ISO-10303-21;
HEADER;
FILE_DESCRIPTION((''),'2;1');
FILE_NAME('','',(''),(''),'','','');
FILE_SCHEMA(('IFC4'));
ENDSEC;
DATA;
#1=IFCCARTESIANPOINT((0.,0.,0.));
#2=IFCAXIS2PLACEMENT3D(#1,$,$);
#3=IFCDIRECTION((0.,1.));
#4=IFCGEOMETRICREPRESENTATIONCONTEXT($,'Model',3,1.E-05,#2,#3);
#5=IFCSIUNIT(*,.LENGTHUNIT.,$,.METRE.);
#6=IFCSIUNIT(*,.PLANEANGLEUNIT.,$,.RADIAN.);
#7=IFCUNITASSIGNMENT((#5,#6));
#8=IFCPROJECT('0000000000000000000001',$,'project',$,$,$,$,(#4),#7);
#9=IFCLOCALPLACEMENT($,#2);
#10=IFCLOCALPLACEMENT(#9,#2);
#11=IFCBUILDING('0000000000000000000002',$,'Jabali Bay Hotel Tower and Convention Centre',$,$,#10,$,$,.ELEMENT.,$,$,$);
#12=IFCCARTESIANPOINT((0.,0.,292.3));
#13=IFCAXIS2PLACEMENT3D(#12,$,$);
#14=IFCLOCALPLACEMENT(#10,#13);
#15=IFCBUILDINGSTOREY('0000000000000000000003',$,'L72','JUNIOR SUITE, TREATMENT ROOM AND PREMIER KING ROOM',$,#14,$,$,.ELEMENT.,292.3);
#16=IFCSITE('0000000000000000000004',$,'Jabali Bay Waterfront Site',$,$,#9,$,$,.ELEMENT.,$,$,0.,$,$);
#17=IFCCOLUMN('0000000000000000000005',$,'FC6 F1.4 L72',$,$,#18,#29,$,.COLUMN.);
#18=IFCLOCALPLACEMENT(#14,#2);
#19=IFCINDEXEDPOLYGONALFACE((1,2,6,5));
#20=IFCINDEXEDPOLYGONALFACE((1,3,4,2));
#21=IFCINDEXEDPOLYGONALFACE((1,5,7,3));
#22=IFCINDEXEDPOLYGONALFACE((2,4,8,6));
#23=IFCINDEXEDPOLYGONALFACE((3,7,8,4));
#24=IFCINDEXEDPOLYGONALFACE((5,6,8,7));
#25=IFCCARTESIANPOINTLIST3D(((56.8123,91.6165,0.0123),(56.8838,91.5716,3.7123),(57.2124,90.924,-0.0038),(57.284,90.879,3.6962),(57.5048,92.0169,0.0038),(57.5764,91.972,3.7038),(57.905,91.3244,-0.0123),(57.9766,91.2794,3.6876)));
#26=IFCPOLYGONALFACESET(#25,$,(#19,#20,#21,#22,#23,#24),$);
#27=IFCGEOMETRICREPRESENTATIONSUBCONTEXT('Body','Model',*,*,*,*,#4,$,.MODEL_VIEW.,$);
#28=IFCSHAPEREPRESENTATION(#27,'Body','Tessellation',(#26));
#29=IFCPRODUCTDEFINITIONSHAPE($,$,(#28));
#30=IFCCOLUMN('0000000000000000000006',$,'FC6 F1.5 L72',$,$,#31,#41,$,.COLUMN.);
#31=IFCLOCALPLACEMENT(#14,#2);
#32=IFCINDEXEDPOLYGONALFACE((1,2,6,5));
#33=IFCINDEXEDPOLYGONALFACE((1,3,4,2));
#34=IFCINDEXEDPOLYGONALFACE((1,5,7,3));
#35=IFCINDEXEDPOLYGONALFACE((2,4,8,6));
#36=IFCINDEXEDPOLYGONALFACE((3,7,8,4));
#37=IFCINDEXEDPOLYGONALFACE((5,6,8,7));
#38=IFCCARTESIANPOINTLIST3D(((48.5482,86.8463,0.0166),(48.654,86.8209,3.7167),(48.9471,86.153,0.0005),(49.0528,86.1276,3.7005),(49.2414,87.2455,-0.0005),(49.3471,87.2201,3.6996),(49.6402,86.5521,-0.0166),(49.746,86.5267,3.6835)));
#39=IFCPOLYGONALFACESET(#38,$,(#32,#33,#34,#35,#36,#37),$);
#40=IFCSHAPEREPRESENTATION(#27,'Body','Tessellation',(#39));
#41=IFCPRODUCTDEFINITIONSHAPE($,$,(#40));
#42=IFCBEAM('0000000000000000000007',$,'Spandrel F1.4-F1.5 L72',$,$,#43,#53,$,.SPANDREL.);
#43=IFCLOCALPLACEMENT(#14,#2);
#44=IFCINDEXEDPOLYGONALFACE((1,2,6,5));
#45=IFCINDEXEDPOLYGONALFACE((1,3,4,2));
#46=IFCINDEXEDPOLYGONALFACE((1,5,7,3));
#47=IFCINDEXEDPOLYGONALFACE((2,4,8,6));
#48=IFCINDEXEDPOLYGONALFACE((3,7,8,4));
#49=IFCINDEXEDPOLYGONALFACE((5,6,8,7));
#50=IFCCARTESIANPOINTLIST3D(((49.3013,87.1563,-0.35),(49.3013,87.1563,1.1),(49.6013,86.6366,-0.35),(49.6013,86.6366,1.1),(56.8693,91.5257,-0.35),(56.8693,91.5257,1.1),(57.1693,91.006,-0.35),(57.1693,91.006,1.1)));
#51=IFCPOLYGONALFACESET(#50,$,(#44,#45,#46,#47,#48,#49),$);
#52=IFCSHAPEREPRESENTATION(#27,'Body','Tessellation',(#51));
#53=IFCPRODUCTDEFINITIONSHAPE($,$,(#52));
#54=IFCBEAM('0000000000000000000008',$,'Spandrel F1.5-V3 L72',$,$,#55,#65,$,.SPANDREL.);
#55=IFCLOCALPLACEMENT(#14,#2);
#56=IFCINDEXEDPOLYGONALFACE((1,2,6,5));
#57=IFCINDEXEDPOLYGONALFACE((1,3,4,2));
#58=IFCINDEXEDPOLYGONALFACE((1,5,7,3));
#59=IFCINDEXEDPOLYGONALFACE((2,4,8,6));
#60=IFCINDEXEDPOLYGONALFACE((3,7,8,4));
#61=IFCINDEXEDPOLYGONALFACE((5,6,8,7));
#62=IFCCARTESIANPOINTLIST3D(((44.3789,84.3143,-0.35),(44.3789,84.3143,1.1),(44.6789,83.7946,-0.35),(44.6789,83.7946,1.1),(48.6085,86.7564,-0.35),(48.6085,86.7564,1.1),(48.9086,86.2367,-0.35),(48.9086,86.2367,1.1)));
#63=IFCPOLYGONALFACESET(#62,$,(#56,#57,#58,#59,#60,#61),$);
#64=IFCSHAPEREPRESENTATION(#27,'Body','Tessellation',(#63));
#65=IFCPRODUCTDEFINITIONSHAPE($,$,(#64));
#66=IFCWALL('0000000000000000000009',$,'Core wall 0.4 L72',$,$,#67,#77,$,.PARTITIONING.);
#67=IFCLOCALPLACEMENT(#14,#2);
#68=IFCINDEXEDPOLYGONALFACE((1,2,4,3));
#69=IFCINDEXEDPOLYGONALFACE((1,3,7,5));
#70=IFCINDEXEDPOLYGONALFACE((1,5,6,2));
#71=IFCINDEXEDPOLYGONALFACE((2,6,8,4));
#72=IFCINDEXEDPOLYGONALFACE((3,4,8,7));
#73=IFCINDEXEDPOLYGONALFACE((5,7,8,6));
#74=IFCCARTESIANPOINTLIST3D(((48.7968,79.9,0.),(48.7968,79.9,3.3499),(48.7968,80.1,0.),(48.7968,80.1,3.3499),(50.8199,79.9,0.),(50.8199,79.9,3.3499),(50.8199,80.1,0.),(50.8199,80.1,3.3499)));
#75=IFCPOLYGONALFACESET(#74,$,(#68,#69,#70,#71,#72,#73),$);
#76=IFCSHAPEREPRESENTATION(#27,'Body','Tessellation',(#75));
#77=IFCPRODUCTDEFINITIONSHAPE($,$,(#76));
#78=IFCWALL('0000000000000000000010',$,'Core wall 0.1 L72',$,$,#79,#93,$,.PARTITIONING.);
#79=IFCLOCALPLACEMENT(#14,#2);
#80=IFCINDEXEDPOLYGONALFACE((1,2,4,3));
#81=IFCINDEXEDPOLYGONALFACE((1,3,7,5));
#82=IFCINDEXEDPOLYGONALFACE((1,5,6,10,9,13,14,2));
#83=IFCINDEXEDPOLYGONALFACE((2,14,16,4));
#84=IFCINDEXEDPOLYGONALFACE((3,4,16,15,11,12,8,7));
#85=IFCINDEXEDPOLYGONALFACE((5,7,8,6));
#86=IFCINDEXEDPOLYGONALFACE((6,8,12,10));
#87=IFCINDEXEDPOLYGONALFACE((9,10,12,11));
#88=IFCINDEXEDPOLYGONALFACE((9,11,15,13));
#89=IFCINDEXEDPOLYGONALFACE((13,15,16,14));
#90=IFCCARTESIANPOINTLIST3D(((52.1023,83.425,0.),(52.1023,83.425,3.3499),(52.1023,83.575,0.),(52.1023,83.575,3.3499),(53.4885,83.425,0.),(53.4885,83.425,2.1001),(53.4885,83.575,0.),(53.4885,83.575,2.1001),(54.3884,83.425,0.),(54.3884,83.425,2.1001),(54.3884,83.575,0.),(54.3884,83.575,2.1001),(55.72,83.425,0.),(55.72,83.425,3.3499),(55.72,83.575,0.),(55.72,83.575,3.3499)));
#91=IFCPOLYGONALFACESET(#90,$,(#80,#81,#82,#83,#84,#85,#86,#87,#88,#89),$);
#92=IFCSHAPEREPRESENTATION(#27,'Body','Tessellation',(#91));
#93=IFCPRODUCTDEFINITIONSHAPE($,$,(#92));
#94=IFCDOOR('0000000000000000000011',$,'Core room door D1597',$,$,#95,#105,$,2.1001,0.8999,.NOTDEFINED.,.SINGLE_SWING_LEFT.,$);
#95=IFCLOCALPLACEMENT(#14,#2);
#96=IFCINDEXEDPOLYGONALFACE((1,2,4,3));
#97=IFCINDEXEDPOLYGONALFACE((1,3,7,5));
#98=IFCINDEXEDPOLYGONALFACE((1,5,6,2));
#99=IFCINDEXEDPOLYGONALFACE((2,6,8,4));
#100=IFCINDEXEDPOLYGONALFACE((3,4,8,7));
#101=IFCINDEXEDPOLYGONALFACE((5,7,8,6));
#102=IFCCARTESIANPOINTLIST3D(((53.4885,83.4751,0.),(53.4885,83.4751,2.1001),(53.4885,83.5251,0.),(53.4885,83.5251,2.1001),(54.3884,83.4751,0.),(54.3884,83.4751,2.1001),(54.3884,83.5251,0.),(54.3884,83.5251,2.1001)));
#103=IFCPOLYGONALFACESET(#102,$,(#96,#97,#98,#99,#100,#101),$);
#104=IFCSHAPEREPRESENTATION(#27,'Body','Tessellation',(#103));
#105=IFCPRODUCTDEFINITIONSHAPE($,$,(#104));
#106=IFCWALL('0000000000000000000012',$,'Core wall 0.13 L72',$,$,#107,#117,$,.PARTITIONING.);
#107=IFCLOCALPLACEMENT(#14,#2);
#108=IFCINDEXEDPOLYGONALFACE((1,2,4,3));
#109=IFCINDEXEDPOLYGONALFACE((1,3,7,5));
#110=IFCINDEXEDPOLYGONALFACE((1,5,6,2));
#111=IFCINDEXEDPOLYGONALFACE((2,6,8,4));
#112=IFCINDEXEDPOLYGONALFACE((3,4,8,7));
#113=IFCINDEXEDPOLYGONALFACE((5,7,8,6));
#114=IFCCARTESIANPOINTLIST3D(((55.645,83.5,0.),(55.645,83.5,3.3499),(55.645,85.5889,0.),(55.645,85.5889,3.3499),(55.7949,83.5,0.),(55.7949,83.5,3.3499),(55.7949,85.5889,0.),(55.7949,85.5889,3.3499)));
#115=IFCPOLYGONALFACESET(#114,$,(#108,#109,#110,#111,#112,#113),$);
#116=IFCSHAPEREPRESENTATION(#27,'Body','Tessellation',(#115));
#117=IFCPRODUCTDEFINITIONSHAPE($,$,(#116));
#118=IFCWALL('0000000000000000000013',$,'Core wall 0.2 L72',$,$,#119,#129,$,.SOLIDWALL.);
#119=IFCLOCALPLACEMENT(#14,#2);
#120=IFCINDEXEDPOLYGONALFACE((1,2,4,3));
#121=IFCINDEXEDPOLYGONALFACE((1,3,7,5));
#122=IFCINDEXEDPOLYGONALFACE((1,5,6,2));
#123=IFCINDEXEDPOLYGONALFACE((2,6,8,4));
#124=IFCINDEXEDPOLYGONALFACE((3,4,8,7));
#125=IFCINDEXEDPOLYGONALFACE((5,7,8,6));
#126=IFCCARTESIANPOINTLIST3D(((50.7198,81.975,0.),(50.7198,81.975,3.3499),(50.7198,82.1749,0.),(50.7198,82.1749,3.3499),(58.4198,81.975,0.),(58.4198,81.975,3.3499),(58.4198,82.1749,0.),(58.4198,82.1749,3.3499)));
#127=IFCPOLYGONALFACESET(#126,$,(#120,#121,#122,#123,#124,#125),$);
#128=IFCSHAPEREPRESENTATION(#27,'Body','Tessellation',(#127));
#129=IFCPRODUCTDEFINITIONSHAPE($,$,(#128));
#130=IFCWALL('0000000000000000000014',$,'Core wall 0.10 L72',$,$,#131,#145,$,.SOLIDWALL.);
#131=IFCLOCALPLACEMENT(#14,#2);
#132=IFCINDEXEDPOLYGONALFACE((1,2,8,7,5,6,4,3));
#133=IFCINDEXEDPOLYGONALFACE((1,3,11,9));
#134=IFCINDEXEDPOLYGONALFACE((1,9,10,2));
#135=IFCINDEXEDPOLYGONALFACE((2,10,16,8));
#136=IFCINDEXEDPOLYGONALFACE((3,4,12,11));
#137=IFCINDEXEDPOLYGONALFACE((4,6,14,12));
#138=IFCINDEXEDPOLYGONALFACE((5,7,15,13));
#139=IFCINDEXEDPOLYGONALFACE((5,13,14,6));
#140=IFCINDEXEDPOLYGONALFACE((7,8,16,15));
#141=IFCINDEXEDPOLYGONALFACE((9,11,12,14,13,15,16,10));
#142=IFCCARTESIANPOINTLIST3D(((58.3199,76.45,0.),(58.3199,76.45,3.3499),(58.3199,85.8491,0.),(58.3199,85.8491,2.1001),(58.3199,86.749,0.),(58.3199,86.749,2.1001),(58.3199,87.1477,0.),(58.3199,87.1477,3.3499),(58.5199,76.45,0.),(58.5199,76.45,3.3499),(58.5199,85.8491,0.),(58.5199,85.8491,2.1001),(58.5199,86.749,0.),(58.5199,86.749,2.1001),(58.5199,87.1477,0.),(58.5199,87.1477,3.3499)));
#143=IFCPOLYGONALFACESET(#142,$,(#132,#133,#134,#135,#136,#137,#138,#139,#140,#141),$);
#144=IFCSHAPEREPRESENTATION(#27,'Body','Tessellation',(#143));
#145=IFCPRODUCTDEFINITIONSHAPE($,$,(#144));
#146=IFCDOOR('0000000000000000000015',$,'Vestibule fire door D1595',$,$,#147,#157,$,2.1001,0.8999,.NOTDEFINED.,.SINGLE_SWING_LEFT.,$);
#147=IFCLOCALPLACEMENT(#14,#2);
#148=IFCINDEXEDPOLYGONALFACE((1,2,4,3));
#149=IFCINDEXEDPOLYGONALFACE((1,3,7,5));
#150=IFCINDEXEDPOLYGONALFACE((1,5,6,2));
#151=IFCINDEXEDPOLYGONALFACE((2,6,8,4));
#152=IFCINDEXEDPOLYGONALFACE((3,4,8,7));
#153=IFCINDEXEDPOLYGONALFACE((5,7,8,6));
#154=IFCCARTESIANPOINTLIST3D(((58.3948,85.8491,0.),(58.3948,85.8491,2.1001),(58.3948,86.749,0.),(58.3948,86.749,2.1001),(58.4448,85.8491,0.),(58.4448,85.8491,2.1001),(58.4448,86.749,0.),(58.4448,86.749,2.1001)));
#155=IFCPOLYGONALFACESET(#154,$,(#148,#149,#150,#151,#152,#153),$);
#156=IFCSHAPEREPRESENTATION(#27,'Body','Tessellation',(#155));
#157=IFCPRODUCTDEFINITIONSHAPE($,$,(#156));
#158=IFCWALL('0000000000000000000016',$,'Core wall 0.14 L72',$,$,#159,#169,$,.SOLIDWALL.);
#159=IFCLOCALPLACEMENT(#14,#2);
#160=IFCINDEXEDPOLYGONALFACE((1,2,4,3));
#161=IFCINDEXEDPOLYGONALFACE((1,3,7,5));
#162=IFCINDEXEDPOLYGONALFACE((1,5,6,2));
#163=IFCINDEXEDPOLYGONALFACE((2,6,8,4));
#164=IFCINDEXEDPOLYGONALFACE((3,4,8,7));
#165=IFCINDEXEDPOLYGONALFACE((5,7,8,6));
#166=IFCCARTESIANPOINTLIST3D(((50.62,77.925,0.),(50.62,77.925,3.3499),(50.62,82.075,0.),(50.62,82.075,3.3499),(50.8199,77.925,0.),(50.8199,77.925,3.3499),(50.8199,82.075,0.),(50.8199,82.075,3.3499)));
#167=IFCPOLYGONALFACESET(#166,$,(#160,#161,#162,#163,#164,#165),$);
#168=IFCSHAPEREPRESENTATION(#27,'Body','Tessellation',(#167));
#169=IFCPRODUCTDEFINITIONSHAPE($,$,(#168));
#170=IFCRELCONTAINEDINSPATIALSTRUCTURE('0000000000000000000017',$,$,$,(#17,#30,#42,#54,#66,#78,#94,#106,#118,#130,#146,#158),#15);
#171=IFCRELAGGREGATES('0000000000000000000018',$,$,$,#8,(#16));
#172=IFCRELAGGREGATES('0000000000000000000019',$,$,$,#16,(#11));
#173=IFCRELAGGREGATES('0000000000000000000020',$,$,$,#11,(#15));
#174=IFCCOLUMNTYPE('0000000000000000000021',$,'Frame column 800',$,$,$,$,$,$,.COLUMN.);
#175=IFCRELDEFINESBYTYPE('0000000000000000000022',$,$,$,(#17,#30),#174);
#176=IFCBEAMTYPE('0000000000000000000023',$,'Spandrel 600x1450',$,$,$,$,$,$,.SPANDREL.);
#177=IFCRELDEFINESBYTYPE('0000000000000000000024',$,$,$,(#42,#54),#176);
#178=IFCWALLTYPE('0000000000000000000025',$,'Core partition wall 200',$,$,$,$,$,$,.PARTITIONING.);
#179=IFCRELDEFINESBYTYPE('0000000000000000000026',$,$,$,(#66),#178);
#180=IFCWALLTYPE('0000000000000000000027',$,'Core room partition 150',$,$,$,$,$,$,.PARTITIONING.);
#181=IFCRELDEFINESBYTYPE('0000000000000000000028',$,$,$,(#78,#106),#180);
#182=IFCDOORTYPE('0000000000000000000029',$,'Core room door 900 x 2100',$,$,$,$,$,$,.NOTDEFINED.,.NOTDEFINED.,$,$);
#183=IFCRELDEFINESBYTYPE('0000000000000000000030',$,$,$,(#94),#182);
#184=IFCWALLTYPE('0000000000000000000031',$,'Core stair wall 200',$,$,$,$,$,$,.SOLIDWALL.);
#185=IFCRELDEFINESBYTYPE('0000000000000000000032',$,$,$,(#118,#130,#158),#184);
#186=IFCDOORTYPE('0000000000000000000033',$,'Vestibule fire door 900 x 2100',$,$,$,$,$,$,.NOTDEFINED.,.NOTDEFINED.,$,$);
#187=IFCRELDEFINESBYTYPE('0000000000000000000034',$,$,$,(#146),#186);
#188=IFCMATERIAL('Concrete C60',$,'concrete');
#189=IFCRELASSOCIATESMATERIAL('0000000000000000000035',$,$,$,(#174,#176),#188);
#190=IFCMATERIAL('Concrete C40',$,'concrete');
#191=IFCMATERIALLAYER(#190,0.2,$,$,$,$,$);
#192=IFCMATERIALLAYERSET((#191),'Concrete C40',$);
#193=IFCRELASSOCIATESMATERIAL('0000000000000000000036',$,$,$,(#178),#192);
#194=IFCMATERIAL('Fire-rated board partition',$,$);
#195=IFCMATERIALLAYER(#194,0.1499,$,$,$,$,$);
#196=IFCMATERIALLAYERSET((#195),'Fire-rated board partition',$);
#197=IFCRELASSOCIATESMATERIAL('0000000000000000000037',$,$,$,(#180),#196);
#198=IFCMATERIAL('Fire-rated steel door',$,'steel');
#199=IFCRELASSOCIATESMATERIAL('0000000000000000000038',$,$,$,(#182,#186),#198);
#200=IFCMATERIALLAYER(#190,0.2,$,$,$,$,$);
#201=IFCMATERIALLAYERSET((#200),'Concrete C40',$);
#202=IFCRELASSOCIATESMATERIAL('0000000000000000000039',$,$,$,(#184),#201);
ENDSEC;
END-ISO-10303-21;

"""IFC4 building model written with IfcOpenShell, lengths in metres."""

from ifc_helpers import new_model, si_unit, direction, frame, frame_2d, origin, origin_2d, place, context, subcontext, project, spatial, rectangle, extrude, material, layer, layer_set, material_profile, profile_set, type_object, element, fill, save


model = new_model("IFC4")

# Units and contexts
model_context = context("Model", 3, precision=1e-05, world=origin(), true_north=direction((0.0, 1.0)))
body_context = subcontext(model_context, "Body", "Model", "MODEL_VIEW")
ifc_project = project(units=[si_unit("LENGTHUNIT", "METRE"), si_unit("PLANEANGLEUNIT", "RADIAN")], contexts=[model_context])

# Site, building, storey
site_placement = place(None, origin())
site = spatial("IfcSite", under=ifc_project, at=site_placement, Name="Jabali Bay Waterfront Site", CompositionType="ELEMENT", RefElevation=0.0)
building_placement = place(site_placement, origin())
building = spatial("IfcBuilding", under=site, at=building_placement, Name="Jabali Bay Hotel Tower and Convention Centre", CompositionType="ELEMENT")
storey_placement = place(building_placement, frame((0.0, 0.0, 292.3)))
storey = spatial("IfcBuildingStorey", under=building, at=storey_placement, Name="L72", Description="JUNIOR SUITE, TREATMENT ROOM AND PREMIER KING ROOM", CompositionType="ELEMENT", Elevation=292.3)

# Columns
ifc_material_1 = material(Name="Concrete C60", Category="concrete")
ifc_material_profile_1 = material_profile(ifc_material_1, rectangle(XDim=0.8, YDim=0.8, at=origin_2d()), Name="Frame column 800")
ifc_profile_set_1 = profile_set([ifc_material_profile_1], Name="Concrete C60")
column_type = type_object("IfcColumnType", Name="Frame column 800", PredefinedType="COLUMN", material=ifc_profile_set_1)
column_1_placement = place(storey_placement, frame((57.3586, 91.4705, 0.0), z_axis=(0.019329, -0.012138, 0.99974), x_axis=(-0.500209, 0.86567, 0.020181)))
element("IfcColumn", 1, at=column_1_placement, inside=storey, type_object=column_type, Name="FC6 F1.4 L72", PredefinedType="COLUMN", context=body_context, shape_type="SweptSolid", body=[
    extrude(rectangle(XDim=0.8, YDim=0.8, at=origin_2d()), origin(), (0.0, 0.0, 1.0), 3.7009),
])
column_2_placement = place(storey_placement, frame((49.0942, 86.6992, 0.0), z_axis=(0.028559, -0.006859, 0.999569), x_axis=(-0.498513, 0.866647, 0.020191)))
element("IfcColumn", 2, at=column_2_placement, inside=storey, type_object=column_type, Name="FC6 F1.5 L72", PredefinedType="COLUMN", context=body_context, shape_type="SweptSolid", body=[
    extrude(rectangle(XDim=0.8, YDim=0.8, at=origin_2d()), origin(), (0.0, 0.0, 1.0), 3.7017),
])

# Beams
ifc_material_profile_2 = material_profile(ifc_material_1, rectangle(XDim=0.6001, YDim=1.45, at=origin_2d()), Name="Spandrel 600x1450")
ifc_profile_set_2 = profile_set([ifc_material_profile_2], Name="Concrete C60")
beam_type = type_object("IfcBeamType", Name="Spandrel 600x1450", PredefinedType="SPANDREL", material=ifc_profile_set_2)
beam_1_placement = place(storey_placement, frame((57.0193, 91.2659, 0.375), z_axis=(-0.866022, -0.500006, 0.0), x_axis=(0.500006, -0.866022, 0.0)))
element("IfcBeam", 3, at=beam_1_placement, inside=storey, type_object=beam_type, Name="Spandrel F1.4-F1.5 L72", PredefinedType="SPANDREL", context=body_context, shape_type="SweptSolid", body=[
    extrude(rectangle(XDim=0.6001, YDim=1.45, at=origin_2d()), origin(), (0.0, 0.0, 1.0), 8.7388),
])
beam_2_placement = place(storey_placement, frame((48.7585, 86.4966, 0.375), z_axis=(-0.866017, -0.500015, 0.0), x_axis=(0.500015, -0.866017, 0.0)))
element("IfcBeam", 4, at=beam_2_placement, inside=storey, type_object=beam_type, Name="Spandrel F1.5-V3 L72", PredefinedType="SPANDREL", context=body_context, shape_type="SweptSolid", body=[
    extrude(rectangle(XDim=0.6001, YDim=1.45, at=origin_2d()), origin(), (0.0, 0.0, 1.0), 4.884),
])

# Wall
ifc_material_2 = material(Name="Concrete C40", Category="concrete")
ifc_layer_1 = layer(ifc_material_2, 0.2)
ifc_layer_set_1 = layer_set([ifc_layer_1], Name="Concrete C40")
wall_type_1 = type_object("IfcWallType", Name="Core partition wall 200", PredefinedType="PARTITIONING", material=ifc_layer_set_1)
wall_1_placement = place(storey_placement, frame((50.8201, 80.0, 0.0), z_axis=(0.0, 0.0, 1.0), x_axis=(-1.0, 0.0, 0.0)))
element("IfcWall", 5, at=wall_1_placement, inside=storey, type_object=wall_type_1, Name="Core wall 0.4 L72", PredefinedType="PARTITIONING", context=body_context, shape_type="SweptSolid", body=[
    extrude(rectangle(XDim=2.0232, YDim=0.2, at=frame_2d((1.0117, 0.0))), origin(), (0.0, 0.0, 1.0), 3.3499),
])

# Wall, opening, door
ifc_material_3 = material(Name="Fire-rated board partition")
ifc_layer_2 = layer(ifc_material_3, 0.1499)
ifc_layer_set_2 = layer_set([ifc_layer_2], Name="Fire-rated board partition")
wall_type_2 = type_object("IfcWallType", Name="Core room partition 150", PredefinedType="PARTITIONING", material=ifc_layer_set_2)
wall_2_placement = place(storey_placement, frame((55.72, 83.5, 0.0), z_axis=(0.0, 0.0, 1.0), x_axis=(-1.0, 0.0, 0.0)))
wall_2 = element("IfcWall", 6, at=wall_2_placement, inside=storey, type_object=wall_type_2, Name="Core wall 0.1 L72", PredefinedType="PARTITIONING", context=body_context, shape_type="SweptSolid", body=[
    extrude(rectangle(XDim=3.6177, YDim=0.1499, at=frame_2d((1.8088, 0.0))), origin(), (0.0, 0.0, 1.0), 3.3499),
])
opening_1_placement = place(wall_2_placement, frame((1.3315, 0.0, 0.0)))
opening_1 = element("IfcOpeningElement", 7, at=opening_1_placement, cuts=wall_2, PredefinedType="OPENING", context=body_context, shape_type="SweptSolid", body=[
    extrude(rectangle(XDim=0.8999, YDim=2.1001, at=frame_2d((0.45, 1.05))), frame((0.0, 0.0854, 0.0), z_axis=(0.0, -1.0, 0.0), x_axis=(1.0, 0.0, 0.0)), (0.0, 0.0, 1.0), 0.1709),
])
ifc_material_4 = material(Name="Fire-rated steel door", Category="steel")
door_type_1 = type_object("IfcDoorType", Name="Core room door 900 x 2100", OperationType="NOTDEFINED", PredefinedType="NOTDEFINED", material=ifc_material_4)
door_1_placement = place(opening_1_placement, origin())
door_1 = element("IfcDoor", 8, at=door_1_placement, inside=storey, type_object=door_type_1, Name="Core room door D1597", OperationType="SINGLE_SWING_LEFT", OverallHeight=2.1001, OverallWidth=0.8999, PredefinedType="NOTDEFINED", context=body_context, shape_type="SweptSolid", body=[
    extrude(rectangle(XDim=0.8999, YDim=2.1001, at=frame_2d((0.45, 1.05))), frame((0.0, 0.0249, 0.0), z_axis=(0.0, -1.0, 0.0), x_axis=(1.0, 0.0, 0.0)), (0.0, 0.0, 1.0), 0.05),
])
fill(opening_1, door_1)

# Walls
wall_3_placement = place(storey_placement, frame((55.72, 85.5889, 0.0), z_axis=(0.0, 0.0, 1.0), x_axis=(0.0, -1.0, 0.0)))
element("IfcWall", 9, at=wall_3_placement, inside=storey, type_object=wall_type_2, Name="Core wall 0.13 L72", PredefinedType="PARTITIONING", context=body_context, shape_type="SweptSolid", body=[
    extrude(rectangle(XDim=2.0889, YDim=0.1499, at=frame_2d((1.0444, 0.0))), origin(), (0.0, 0.0, 1.0), 3.3499),
])
ifc_layer_3 = layer(ifc_material_2, 0.2)
ifc_layer_set_3 = layer_set([ifc_layer_3], Name="Concrete C40")
wall_type_3 = type_object("IfcWallType", Name="Core stair wall 200", PredefinedType="SOLIDWALL", material=ifc_layer_set_3)
wall_4_placement = place(storey_placement, frame((58.4199, 82.075, 0.0), z_axis=(0.0, 0.0, 1.0), x_axis=(-1.0, 0.0, 0.0)))
element("IfcWall", 10, at=wall_4_placement, inside=storey, type_object=wall_type_3, Name="Core wall 0.2 L72", PredefinedType="SOLIDWALL", context=body_context, shape_type="SweptSolid", body=[
    extrude(rectangle(XDim=7.7, YDim=0.2, at=frame_2d((3.8501, 0.0))), origin(), (0.0, 0.0, 1.0), 3.3499),
])

# Wall, opening, door
wall_5_placement = place(storey_placement, frame((58.4199, 87.1477, 0.0), z_axis=(0.0, 0.0, 1.0), x_axis=(0.0, -1.0, 0.0)))
wall_5 = element("IfcWall", 11, at=wall_5_placement, inside=storey, type_object=wall_type_3, Name="Core wall 0.10 L72", PredefinedType="SOLIDWALL", context=body_context, shape_type="SweptSolid", body=[
    extrude(rectangle(XDim=10.6978, YDim=0.2, at=frame_2d((5.3489, 0.0))), origin(), (0.0, 0.0, 1.0), 3.3499),
])
opening_2_placement = place(wall_5_placement, frame((0.3987, 0.0, 0.0)))
opening_2 = element("IfcOpeningElement", 12, at=opening_2_placement, cuts=wall_5, PredefinedType="OPENING", context=body_context, shape_type="SweptSolid", body=[
    extrude(rectangle(XDim=0.8999, YDim=2.1001, at=frame_2d((0.45, 1.05))), frame((0.0, 0.1104, 0.0), z_axis=(0.0, -1.0, 0.0), x_axis=(1.0, 0.0, 0.0)), (0.0, 0.0, 1.0), 0.2209),
])
door_type_2 = type_object("IfcDoorType", Name="Vestibule fire door 900 x 2100", OperationType="NOTDEFINED", PredefinedType="NOTDEFINED", material=ifc_material_4)
door_2_placement = place(opening_2_placement, origin())
door_2 = element("IfcDoor", 13, at=door_2_placement, inside=storey, type_object=door_type_2, Name="Vestibule fire door D1595", OperationType="SINGLE_SWING_LEFT", OverallHeight=2.1001, OverallWidth=0.8999, PredefinedType="NOTDEFINED", context=body_context, shape_type="SweptSolid", body=[
    extrude(rectangle(XDim=0.8999, YDim=2.1001, at=frame_2d((0.45, 1.05))), frame((0.0, 0.0249, 0.0), z_axis=(0.0, -1.0, 0.0), x_axis=(1.0, 0.0, 0.0)), (0.0, 0.0, 1.0), 0.05),
])
fill(opening_2, door_2)

# Wall
wall_6_placement = place(storey_placement, frame((50.72, 82.075, 0.0), z_axis=(0.0, 0.0, 1.0), x_axis=(0.0, -1.0, 0.0)))
element("IfcWall", 14, at=wall_6_placement, inside=storey, type_object=wall_type_3, Name="Core wall 0.14 L72", PredefinedType="SOLIDWALL", context=body_context, shape_type="SweptSolid", body=[
    extrude(rectangle(XDim=4.1499, YDim=0.2, at=frame_2d((2.075, 0.0))), origin(), (0.0, 0.0, 1.0), 3.3499),
])

save(model, "model.ifc")
